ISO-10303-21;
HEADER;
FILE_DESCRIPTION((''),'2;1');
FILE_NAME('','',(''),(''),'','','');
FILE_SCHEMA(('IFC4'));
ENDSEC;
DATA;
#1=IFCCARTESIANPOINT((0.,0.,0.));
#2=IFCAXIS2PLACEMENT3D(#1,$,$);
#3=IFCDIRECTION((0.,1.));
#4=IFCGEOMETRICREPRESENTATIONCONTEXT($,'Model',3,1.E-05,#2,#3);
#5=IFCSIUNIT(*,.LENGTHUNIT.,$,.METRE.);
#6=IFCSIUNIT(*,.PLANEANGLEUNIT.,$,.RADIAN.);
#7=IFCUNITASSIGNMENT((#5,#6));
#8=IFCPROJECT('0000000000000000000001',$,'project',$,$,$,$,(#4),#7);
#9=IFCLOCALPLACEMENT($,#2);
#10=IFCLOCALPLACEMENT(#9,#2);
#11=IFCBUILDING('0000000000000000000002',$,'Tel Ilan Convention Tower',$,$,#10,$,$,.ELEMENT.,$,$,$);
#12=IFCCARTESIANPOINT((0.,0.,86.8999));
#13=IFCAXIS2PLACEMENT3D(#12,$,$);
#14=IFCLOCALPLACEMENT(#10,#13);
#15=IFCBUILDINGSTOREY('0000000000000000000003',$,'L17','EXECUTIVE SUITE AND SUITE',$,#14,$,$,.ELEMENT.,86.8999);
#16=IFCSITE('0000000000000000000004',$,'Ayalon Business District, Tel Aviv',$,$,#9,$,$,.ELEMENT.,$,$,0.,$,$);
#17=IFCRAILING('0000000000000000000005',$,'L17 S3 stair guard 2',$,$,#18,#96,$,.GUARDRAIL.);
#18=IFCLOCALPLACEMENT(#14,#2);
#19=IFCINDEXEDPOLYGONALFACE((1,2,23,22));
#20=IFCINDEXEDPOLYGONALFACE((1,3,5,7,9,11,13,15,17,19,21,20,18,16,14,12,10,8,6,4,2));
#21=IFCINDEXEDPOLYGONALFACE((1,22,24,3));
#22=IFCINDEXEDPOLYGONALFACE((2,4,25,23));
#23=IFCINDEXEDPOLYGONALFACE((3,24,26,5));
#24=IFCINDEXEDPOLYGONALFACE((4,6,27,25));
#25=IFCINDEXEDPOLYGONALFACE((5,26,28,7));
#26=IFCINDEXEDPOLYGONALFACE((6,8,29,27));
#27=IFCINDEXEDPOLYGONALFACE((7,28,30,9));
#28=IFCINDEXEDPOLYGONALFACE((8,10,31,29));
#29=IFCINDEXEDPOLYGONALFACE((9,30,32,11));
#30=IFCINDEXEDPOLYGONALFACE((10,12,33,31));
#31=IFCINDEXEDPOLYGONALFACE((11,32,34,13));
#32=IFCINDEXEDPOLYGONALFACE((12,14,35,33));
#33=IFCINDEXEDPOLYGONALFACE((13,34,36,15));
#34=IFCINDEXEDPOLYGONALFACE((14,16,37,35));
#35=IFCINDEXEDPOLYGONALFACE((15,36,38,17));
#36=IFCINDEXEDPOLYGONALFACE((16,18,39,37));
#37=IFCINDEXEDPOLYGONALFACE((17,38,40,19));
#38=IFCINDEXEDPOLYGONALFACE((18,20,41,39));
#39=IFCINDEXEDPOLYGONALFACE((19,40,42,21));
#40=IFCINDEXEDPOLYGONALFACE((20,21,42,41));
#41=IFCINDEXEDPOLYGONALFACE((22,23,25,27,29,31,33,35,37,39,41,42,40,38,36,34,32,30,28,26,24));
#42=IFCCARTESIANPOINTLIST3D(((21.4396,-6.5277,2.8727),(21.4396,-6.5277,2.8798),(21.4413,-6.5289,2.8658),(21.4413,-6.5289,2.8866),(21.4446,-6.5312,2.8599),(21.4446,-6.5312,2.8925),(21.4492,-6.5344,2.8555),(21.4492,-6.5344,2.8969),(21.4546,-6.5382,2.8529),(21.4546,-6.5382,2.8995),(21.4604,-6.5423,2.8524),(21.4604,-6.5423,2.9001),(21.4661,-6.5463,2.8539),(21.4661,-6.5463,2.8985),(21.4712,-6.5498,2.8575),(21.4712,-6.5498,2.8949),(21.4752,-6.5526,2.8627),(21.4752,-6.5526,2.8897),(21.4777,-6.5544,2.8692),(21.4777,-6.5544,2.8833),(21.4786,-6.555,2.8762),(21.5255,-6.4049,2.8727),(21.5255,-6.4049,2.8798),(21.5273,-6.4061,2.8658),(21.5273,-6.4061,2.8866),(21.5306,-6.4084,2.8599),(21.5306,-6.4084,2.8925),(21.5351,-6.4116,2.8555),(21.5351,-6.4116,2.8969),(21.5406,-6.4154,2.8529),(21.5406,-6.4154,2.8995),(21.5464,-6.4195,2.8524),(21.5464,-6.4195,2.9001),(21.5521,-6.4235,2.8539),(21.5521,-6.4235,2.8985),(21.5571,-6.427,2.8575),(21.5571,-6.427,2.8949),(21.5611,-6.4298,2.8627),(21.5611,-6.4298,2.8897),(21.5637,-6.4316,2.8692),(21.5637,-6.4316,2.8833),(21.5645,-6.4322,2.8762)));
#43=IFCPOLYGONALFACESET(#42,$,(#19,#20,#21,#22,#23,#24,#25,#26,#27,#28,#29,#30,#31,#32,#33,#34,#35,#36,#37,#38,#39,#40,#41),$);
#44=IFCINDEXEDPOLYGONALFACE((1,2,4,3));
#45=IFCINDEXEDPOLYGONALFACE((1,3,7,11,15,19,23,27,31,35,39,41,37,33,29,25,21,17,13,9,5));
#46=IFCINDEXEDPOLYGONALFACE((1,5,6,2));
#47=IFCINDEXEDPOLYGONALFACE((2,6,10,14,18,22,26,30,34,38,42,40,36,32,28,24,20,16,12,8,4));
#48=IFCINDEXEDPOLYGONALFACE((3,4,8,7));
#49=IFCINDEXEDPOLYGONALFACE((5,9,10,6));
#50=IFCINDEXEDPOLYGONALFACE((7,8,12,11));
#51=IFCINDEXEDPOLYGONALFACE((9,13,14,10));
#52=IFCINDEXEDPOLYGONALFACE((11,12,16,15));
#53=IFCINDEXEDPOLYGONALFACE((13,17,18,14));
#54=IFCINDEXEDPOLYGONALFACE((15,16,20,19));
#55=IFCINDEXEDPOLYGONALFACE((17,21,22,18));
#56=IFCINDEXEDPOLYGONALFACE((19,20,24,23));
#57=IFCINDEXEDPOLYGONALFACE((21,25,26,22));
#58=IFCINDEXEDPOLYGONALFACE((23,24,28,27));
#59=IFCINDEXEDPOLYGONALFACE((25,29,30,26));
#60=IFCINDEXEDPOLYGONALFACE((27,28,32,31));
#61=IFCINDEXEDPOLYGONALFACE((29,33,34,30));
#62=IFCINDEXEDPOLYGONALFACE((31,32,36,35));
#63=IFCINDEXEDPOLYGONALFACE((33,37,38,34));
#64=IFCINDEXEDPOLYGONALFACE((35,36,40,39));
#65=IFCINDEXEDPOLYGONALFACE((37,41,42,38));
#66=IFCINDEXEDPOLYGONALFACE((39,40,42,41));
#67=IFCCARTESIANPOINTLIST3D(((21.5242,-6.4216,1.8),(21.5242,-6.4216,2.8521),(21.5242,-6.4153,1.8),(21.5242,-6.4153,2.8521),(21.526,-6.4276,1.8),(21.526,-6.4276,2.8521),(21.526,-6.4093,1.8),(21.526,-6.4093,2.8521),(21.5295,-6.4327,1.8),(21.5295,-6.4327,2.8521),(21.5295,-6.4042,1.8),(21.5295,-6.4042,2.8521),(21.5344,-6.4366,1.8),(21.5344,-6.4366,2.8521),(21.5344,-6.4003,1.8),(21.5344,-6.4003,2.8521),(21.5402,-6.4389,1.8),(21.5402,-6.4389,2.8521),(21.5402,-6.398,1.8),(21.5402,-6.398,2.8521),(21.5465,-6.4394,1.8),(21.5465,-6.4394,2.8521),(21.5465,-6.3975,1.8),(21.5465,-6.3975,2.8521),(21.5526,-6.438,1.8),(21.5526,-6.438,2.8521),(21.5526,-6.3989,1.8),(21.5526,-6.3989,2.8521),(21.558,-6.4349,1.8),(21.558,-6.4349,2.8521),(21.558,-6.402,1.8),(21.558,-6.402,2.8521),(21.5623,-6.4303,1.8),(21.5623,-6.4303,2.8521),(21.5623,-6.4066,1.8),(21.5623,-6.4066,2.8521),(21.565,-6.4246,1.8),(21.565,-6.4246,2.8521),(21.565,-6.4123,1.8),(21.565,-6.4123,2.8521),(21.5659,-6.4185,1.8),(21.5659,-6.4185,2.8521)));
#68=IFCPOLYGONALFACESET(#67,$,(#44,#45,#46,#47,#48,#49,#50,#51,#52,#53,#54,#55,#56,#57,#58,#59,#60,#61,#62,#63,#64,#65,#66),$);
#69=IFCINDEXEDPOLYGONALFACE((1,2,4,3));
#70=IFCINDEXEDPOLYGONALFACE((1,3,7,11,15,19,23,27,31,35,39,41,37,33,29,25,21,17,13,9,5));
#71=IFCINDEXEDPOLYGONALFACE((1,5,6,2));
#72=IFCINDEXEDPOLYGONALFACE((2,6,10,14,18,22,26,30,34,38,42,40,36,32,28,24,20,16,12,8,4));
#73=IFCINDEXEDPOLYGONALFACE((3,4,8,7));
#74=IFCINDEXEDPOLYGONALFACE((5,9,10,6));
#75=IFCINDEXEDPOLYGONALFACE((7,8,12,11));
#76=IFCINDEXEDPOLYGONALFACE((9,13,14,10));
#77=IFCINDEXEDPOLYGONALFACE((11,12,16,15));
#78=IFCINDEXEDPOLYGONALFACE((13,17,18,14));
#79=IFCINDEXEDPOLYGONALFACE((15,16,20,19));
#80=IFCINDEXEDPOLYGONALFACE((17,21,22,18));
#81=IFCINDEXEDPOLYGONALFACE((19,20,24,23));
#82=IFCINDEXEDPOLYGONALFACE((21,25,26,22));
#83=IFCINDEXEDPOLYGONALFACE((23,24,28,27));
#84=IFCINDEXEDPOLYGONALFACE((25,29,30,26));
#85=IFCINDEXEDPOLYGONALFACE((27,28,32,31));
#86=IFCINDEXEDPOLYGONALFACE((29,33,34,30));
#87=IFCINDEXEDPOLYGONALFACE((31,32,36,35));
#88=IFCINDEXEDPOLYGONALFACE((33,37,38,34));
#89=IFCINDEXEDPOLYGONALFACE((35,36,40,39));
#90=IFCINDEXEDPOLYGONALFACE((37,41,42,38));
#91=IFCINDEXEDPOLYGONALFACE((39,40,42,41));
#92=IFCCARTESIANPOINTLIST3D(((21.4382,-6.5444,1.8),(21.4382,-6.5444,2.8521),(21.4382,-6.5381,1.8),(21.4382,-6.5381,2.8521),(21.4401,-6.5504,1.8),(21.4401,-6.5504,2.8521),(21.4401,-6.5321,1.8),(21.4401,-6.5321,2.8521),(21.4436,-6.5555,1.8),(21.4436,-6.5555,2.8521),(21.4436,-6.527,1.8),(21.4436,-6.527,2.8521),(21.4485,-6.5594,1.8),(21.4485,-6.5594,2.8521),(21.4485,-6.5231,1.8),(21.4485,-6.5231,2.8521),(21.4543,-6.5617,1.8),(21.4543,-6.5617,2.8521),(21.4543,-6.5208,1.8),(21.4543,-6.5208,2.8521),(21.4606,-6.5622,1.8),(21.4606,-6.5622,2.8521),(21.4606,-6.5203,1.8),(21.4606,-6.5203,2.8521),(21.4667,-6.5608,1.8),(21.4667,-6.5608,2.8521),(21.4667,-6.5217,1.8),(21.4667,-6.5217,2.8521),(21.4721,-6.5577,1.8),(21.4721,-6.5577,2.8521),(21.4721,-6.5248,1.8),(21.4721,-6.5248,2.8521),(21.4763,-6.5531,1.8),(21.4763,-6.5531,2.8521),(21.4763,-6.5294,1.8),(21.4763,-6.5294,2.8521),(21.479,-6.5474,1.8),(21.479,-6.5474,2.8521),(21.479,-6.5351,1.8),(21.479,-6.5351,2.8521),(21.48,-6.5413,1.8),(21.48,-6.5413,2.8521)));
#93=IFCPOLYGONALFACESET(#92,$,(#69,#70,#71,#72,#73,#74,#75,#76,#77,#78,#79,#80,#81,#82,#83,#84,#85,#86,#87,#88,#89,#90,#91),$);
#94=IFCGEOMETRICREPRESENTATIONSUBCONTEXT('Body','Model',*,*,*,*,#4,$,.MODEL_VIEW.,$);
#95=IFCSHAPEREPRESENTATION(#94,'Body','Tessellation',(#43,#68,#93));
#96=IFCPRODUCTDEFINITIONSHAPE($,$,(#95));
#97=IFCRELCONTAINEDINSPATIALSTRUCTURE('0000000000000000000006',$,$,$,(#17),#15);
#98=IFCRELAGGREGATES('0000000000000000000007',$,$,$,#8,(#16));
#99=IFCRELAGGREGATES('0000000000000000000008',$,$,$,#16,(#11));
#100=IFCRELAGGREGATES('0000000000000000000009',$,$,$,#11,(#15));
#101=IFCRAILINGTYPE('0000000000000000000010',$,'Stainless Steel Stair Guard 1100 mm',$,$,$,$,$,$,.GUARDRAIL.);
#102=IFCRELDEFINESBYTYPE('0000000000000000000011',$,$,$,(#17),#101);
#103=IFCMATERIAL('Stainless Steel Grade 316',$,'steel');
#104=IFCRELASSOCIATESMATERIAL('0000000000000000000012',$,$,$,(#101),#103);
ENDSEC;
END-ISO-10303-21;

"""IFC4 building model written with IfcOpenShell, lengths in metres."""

from ifc_helpers import new_model, si_unit, direction, frame, origin, origin_2d, place, context, subcontext, project, spatial, circle, extrude, material, type_object, element, save


model = new_model("IFC4")

# Units and contexts
model_context = context("Model", 3, precision=1e-05, world=origin(), true_north=direction((0.0, 1.0)))
body_context = subcontext(model_context, "Body", "Model", "MODEL_VIEW")
ifc_project = project(units=[si_unit("LENGTHUNIT", "METRE"), si_unit("PLANEANGLEUNIT", "RADIAN")], contexts=[model_context])

# Site, building, storey
site_placement = place(None, origin())
site = spatial("IfcSite", under=ifc_project, at=site_placement, Name="Ayalon Business District, Tel Aviv", CompositionType="ELEMENT", RefElevation=0.0)
building_placement = place(site_placement, origin())
building = spatial("IfcBuilding", under=site, at=building_placement, Name="Tel Ilan Convention Tower", CompositionType="ELEMENT")
storey_placement = place(building_placement, frame((0.0, 0.0, 86.8999)))
storey = spatial("IfcBuildingStorey", under=building, at=storey_placement, Name="L17", Description="EXECUTIVE SUITE AND SUITE", CompositionType="ELEMENT", Elevation=86.8999)

# Railing
ifc_material_1 = material(Name="Stainless Steel Grade 316", Category="steel")
railing_type_1 = type_object("IfcRailingType", Name="Stainless Steel Stair Guard 1100 mm", PredefinedType="GUARDRAIL", material=ifc_material_1)
railing_1_placement = place(storey_placement, frame((21.5449, -6.4185, 1.8)))
element("IfcRailing", 1, at=railing_1_placement, inside=storey, type_object=railing_type_1, Name="L17 S3 stair guard 2", PredefinedType="GUARDRAIL", context=body_context, shape_type="SweptSolid", body=[
    extrude(circle(Radius=0.0239, at=origin_2d()), frame((0.0, 0.0, 1.0762), z_axis=(-0.573353, -0.819308, 0.0), x_axis=(0.819308, -0.573353, 0.0)), (0.0, 0.0, 1.0), 0.1499),
    extrude(circle(Radius=0.021, at=origin_2d()), origin(), (0.0, 0.0, 1.0), 1.052),
    extrude(circle(Radius=0.021, at=origin_2d()), frame((-0.0859, -0.1228, 0.0)), (0.0, 0.0, 1.0), 1.052),
])

save(model, "model.ifc")
